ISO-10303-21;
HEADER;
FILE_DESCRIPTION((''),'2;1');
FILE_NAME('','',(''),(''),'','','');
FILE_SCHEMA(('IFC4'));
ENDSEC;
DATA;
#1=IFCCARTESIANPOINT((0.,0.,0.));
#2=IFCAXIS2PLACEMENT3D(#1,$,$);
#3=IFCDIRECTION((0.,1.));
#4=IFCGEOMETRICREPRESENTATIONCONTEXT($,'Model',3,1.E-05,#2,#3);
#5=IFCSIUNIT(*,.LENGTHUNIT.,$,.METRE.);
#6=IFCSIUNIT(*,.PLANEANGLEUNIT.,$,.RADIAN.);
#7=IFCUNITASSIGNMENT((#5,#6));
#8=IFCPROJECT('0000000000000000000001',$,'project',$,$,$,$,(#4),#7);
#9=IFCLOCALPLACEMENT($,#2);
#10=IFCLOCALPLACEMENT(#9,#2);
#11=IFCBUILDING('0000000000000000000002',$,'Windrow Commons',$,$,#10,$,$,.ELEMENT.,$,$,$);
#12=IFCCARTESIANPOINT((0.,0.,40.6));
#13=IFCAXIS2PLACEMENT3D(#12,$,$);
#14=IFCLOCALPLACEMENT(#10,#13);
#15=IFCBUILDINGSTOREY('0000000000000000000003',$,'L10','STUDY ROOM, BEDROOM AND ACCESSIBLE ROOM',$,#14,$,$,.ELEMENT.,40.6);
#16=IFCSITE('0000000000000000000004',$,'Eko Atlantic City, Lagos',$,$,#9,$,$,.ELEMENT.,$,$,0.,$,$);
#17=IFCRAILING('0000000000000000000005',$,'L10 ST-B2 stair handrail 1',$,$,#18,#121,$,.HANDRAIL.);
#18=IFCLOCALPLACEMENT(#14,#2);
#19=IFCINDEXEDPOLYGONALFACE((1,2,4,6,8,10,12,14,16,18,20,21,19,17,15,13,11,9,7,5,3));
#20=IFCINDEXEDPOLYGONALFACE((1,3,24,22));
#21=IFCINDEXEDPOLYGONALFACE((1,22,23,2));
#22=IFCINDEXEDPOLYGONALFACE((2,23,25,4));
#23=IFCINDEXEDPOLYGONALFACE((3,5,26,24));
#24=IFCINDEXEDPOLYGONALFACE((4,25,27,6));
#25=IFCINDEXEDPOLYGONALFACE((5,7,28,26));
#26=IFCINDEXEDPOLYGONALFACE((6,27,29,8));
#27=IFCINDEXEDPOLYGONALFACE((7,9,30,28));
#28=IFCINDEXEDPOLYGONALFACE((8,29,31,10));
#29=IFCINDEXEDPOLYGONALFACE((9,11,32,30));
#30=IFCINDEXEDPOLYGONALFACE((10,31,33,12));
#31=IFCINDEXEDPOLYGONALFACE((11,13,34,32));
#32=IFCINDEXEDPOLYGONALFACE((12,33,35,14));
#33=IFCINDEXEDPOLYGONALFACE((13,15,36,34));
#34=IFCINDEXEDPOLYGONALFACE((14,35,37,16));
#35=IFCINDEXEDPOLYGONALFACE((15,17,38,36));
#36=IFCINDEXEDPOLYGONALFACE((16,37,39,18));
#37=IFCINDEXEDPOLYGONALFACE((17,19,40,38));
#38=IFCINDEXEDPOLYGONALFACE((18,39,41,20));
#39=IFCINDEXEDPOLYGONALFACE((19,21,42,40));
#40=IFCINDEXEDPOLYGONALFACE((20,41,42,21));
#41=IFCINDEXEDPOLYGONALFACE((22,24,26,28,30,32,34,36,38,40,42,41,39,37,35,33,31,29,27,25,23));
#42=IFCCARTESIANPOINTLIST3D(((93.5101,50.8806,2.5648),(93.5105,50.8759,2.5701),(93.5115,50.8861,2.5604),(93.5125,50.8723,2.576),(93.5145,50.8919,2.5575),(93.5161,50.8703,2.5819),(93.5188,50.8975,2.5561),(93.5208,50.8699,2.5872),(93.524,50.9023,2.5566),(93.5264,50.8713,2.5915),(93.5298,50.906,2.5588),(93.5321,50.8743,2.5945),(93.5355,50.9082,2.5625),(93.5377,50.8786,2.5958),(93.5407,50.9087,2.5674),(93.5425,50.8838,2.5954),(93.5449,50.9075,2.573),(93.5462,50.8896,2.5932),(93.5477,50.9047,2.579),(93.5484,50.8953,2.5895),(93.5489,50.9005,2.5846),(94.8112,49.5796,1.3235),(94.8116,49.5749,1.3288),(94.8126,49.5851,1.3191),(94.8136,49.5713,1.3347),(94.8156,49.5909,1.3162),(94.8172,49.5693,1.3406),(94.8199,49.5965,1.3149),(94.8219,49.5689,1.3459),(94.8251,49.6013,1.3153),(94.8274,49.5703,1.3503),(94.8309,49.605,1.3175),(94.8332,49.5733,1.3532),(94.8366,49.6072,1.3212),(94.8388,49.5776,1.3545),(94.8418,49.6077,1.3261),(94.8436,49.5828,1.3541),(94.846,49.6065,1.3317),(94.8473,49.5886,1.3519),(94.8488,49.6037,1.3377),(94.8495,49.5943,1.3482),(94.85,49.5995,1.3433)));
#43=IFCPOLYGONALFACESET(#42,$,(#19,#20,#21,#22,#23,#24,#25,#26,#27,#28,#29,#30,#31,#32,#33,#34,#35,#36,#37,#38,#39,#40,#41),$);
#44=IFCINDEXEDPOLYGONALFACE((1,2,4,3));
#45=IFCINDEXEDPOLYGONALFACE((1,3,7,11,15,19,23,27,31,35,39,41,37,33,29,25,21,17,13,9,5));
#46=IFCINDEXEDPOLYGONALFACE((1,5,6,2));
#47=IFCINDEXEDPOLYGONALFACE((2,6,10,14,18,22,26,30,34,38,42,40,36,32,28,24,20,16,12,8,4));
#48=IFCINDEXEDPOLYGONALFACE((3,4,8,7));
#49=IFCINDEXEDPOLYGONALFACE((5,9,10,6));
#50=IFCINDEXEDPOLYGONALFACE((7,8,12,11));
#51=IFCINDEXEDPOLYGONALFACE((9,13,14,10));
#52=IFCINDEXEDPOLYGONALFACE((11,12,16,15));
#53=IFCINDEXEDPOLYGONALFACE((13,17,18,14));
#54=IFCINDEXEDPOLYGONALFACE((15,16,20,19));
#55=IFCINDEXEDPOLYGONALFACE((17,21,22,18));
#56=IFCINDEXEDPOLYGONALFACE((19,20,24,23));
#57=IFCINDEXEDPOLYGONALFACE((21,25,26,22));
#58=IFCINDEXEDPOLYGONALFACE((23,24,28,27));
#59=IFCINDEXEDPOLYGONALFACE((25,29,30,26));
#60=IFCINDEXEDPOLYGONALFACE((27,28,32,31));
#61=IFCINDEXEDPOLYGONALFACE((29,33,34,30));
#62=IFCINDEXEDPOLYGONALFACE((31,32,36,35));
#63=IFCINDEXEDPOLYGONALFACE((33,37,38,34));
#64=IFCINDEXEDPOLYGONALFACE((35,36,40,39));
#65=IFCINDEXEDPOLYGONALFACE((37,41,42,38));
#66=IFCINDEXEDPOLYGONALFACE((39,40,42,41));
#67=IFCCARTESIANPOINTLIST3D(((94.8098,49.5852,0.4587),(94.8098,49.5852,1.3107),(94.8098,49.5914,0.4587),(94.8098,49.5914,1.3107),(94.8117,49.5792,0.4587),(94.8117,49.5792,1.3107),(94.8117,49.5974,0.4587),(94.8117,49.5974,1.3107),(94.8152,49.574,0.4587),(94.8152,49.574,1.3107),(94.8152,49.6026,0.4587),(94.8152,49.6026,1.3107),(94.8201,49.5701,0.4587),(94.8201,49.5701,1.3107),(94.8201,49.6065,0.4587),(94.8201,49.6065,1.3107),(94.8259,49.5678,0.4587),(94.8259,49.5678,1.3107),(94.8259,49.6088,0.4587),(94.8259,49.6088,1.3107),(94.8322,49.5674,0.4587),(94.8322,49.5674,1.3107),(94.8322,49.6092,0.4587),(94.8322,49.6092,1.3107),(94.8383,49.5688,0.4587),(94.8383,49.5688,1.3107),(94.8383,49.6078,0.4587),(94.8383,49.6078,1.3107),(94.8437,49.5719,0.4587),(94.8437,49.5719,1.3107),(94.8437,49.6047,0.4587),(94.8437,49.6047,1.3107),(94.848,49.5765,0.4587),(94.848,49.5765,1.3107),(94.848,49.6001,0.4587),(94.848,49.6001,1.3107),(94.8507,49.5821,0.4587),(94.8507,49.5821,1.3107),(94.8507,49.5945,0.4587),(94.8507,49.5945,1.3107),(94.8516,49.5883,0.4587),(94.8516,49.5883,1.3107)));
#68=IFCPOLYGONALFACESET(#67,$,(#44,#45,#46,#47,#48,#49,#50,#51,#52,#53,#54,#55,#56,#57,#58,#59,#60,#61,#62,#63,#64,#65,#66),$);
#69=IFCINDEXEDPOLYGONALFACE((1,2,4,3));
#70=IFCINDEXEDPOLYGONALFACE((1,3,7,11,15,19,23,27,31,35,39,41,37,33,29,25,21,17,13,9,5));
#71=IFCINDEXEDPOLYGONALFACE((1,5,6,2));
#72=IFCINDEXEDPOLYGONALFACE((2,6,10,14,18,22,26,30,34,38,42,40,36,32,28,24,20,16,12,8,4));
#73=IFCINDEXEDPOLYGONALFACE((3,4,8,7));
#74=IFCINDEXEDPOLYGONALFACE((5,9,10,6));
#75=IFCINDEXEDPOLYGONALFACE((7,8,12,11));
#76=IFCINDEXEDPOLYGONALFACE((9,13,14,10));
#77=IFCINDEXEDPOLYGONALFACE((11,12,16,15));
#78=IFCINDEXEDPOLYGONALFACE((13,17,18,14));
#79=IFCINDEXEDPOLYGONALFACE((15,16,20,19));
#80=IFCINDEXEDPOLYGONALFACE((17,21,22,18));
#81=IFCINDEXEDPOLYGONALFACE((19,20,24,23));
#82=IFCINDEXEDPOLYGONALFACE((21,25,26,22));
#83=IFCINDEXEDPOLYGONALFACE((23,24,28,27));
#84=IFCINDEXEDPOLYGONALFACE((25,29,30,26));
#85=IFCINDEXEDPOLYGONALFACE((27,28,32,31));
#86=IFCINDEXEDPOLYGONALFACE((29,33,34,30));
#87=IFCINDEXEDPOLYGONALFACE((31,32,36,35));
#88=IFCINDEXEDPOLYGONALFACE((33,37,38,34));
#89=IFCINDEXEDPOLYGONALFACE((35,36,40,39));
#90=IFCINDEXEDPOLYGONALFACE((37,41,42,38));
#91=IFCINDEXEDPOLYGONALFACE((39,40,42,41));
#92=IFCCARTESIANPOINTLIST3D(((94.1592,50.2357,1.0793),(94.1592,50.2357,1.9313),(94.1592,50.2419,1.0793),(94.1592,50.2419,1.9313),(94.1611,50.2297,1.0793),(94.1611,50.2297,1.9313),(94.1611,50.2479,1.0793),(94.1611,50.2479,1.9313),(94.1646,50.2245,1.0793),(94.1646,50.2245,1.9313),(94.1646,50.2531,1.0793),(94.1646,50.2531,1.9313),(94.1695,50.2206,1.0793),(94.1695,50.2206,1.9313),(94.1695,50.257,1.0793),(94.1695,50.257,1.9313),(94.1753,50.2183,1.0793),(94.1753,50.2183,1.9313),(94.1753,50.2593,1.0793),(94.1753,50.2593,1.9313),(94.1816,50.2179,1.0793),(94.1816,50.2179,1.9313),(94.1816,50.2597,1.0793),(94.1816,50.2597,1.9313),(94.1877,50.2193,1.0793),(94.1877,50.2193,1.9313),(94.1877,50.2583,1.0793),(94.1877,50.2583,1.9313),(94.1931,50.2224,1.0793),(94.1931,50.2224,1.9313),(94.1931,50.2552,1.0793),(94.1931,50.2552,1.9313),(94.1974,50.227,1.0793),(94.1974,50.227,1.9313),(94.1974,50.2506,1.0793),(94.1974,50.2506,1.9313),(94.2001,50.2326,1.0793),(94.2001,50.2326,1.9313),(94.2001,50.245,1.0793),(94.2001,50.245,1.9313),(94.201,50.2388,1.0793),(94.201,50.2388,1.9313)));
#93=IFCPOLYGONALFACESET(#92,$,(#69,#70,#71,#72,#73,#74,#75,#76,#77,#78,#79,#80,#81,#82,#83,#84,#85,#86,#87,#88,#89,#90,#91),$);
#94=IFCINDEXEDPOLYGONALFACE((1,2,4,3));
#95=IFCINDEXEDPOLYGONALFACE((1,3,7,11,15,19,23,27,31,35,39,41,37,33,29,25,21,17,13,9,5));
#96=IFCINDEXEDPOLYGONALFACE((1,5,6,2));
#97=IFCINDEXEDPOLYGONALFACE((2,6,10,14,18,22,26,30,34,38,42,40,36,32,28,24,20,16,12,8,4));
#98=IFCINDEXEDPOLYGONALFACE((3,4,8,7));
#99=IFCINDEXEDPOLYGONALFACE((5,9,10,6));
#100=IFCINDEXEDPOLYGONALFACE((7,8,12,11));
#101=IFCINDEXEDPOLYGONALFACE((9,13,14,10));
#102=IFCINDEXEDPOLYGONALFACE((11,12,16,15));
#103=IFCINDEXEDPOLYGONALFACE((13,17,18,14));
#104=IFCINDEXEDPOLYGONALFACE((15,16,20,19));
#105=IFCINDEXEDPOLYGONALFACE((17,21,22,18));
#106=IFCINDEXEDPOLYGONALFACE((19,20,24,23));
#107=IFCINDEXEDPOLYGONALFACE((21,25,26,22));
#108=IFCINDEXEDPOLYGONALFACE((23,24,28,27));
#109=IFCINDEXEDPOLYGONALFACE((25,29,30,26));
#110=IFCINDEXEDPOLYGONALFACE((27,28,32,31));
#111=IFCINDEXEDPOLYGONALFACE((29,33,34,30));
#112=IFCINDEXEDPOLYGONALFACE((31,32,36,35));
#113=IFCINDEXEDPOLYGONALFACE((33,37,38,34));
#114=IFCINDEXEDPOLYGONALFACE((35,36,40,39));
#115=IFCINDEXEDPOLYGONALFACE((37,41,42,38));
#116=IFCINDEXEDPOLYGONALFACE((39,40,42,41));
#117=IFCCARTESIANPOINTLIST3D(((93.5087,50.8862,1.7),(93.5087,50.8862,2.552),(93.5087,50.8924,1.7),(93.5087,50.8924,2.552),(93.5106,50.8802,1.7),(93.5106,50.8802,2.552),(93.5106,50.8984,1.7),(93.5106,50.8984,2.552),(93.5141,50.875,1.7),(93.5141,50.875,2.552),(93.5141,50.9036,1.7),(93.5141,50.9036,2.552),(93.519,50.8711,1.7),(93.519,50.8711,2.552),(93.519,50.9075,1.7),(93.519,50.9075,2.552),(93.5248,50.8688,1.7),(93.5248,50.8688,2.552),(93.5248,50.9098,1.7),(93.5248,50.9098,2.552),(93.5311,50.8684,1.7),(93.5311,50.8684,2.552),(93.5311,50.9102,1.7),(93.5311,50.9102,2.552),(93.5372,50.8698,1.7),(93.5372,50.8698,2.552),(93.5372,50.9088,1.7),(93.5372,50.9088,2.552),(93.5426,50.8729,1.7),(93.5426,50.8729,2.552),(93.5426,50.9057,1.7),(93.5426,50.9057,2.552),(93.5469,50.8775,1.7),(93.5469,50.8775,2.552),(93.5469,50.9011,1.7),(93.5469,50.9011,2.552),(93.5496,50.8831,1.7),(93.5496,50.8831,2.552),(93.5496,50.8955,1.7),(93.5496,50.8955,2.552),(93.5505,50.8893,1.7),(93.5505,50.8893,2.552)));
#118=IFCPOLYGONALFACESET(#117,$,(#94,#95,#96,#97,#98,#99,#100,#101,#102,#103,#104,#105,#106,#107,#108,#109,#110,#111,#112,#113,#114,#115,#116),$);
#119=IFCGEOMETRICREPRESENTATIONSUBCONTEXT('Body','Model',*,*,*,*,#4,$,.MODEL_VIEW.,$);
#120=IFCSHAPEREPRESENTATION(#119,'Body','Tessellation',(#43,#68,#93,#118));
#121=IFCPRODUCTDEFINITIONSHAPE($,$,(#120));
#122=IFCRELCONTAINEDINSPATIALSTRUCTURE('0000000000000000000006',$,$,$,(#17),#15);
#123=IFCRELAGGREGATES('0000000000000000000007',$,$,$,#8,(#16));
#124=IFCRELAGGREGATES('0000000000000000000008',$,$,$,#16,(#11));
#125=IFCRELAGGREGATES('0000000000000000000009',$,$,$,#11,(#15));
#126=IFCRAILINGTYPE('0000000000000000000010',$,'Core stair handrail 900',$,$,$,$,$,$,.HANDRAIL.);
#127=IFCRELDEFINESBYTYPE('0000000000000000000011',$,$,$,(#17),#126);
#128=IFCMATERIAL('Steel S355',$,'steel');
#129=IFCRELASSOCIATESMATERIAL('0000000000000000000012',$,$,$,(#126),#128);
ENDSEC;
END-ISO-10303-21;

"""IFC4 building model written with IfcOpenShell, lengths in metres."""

from ifc_helpers import new_model, si_unit, direction, frame, origin, origin_2d, place, context, subcontext, project, spatial, circle, extrude, material, type_object, element, save


model = new_model("IFC4")

# Units and contexts
model_context = context("Model", 3, precision=1e-05, world=origin(), true_north=direction((0.0, 1.0)))
body_context = subcontext(model_context, "Body", "Model", "MODEL_VIEW")
ifc_project = project(units=[si_unit("LENGTHUNIT", "METRE"), si_unit("PLANEANGLEUNIT", "RADIAN")], contexts=[model_context])

# Site, building, storey
site_placement = place(None, origin())
site = spatial("IfcSite", under=ifc_project, at=site_placement, Name="Eko Atlantic City, Lagos", CompositionType="ELEMENT", RefElevation=0.0)
building_placement = place(site_placement, origin())
building = spatial("IfcBuilding", under=site, at=building_placement, Name="Windrow Commons", CompositionType="ELEMENT")
storey_placement = place(building_placement, frame((0.0, 0.0, 40.6)))
storey = spatial("IfcBuildingStorey", under=building, at=storey_placement, Name="L10", Description="STUDY ROOM, BEDROOM AND ACCESSIBLE ROOM", CompositionType="ELEMENT", Elevation=40.6)

# Railing
ifc_material_1 = material(Name="Steel S355", Category="steel")
railing_type_1 = type_object("IfcRailingType", Name="Core stair handrail 900", PredefinedType="HANDRAIL", material=ifc_material_1)
railing_1_placement = place(storey_placement, frame((94.8306, 49.5883, 0.4587)))
element("IfcRailing", 1, at=railing_1_placement, inside=storey, type_object=railing_type_1, Name="L10 ST-B2 stair handrail 1", PredefinedType="HANDRAIL", context=body_context, shape_type="SweptSolid", body=[
    extrude(circle(Radius=0.024, at=origin_2d()), frame((0.0, 0.0, 0.876), z_axis=(-0.586207, 0.586162, 0.559264), x_axis=(-0.70708, -0.707134, 0.0)), (0.0, 0.0, 1.0), 2.2195),
    extrude(circle(Radius=0.021, at=origin_2d()), origin(), (0.0, 0.0, 1.0), 0.852),
    extrude(circle(Radius=0.021, at=origin_2d()), frame((-0.6506, 0.6505, 0.6206)), (0.0, 0.0, 1.0), 0.852),
    extrude(circle(Radius=0.021, at=origin_2d()), frame((-1.3011, 1.301, 1.2413)), (0.0, 0.0, 1.0), 0.852),
])

save(model, "model.ifc")
